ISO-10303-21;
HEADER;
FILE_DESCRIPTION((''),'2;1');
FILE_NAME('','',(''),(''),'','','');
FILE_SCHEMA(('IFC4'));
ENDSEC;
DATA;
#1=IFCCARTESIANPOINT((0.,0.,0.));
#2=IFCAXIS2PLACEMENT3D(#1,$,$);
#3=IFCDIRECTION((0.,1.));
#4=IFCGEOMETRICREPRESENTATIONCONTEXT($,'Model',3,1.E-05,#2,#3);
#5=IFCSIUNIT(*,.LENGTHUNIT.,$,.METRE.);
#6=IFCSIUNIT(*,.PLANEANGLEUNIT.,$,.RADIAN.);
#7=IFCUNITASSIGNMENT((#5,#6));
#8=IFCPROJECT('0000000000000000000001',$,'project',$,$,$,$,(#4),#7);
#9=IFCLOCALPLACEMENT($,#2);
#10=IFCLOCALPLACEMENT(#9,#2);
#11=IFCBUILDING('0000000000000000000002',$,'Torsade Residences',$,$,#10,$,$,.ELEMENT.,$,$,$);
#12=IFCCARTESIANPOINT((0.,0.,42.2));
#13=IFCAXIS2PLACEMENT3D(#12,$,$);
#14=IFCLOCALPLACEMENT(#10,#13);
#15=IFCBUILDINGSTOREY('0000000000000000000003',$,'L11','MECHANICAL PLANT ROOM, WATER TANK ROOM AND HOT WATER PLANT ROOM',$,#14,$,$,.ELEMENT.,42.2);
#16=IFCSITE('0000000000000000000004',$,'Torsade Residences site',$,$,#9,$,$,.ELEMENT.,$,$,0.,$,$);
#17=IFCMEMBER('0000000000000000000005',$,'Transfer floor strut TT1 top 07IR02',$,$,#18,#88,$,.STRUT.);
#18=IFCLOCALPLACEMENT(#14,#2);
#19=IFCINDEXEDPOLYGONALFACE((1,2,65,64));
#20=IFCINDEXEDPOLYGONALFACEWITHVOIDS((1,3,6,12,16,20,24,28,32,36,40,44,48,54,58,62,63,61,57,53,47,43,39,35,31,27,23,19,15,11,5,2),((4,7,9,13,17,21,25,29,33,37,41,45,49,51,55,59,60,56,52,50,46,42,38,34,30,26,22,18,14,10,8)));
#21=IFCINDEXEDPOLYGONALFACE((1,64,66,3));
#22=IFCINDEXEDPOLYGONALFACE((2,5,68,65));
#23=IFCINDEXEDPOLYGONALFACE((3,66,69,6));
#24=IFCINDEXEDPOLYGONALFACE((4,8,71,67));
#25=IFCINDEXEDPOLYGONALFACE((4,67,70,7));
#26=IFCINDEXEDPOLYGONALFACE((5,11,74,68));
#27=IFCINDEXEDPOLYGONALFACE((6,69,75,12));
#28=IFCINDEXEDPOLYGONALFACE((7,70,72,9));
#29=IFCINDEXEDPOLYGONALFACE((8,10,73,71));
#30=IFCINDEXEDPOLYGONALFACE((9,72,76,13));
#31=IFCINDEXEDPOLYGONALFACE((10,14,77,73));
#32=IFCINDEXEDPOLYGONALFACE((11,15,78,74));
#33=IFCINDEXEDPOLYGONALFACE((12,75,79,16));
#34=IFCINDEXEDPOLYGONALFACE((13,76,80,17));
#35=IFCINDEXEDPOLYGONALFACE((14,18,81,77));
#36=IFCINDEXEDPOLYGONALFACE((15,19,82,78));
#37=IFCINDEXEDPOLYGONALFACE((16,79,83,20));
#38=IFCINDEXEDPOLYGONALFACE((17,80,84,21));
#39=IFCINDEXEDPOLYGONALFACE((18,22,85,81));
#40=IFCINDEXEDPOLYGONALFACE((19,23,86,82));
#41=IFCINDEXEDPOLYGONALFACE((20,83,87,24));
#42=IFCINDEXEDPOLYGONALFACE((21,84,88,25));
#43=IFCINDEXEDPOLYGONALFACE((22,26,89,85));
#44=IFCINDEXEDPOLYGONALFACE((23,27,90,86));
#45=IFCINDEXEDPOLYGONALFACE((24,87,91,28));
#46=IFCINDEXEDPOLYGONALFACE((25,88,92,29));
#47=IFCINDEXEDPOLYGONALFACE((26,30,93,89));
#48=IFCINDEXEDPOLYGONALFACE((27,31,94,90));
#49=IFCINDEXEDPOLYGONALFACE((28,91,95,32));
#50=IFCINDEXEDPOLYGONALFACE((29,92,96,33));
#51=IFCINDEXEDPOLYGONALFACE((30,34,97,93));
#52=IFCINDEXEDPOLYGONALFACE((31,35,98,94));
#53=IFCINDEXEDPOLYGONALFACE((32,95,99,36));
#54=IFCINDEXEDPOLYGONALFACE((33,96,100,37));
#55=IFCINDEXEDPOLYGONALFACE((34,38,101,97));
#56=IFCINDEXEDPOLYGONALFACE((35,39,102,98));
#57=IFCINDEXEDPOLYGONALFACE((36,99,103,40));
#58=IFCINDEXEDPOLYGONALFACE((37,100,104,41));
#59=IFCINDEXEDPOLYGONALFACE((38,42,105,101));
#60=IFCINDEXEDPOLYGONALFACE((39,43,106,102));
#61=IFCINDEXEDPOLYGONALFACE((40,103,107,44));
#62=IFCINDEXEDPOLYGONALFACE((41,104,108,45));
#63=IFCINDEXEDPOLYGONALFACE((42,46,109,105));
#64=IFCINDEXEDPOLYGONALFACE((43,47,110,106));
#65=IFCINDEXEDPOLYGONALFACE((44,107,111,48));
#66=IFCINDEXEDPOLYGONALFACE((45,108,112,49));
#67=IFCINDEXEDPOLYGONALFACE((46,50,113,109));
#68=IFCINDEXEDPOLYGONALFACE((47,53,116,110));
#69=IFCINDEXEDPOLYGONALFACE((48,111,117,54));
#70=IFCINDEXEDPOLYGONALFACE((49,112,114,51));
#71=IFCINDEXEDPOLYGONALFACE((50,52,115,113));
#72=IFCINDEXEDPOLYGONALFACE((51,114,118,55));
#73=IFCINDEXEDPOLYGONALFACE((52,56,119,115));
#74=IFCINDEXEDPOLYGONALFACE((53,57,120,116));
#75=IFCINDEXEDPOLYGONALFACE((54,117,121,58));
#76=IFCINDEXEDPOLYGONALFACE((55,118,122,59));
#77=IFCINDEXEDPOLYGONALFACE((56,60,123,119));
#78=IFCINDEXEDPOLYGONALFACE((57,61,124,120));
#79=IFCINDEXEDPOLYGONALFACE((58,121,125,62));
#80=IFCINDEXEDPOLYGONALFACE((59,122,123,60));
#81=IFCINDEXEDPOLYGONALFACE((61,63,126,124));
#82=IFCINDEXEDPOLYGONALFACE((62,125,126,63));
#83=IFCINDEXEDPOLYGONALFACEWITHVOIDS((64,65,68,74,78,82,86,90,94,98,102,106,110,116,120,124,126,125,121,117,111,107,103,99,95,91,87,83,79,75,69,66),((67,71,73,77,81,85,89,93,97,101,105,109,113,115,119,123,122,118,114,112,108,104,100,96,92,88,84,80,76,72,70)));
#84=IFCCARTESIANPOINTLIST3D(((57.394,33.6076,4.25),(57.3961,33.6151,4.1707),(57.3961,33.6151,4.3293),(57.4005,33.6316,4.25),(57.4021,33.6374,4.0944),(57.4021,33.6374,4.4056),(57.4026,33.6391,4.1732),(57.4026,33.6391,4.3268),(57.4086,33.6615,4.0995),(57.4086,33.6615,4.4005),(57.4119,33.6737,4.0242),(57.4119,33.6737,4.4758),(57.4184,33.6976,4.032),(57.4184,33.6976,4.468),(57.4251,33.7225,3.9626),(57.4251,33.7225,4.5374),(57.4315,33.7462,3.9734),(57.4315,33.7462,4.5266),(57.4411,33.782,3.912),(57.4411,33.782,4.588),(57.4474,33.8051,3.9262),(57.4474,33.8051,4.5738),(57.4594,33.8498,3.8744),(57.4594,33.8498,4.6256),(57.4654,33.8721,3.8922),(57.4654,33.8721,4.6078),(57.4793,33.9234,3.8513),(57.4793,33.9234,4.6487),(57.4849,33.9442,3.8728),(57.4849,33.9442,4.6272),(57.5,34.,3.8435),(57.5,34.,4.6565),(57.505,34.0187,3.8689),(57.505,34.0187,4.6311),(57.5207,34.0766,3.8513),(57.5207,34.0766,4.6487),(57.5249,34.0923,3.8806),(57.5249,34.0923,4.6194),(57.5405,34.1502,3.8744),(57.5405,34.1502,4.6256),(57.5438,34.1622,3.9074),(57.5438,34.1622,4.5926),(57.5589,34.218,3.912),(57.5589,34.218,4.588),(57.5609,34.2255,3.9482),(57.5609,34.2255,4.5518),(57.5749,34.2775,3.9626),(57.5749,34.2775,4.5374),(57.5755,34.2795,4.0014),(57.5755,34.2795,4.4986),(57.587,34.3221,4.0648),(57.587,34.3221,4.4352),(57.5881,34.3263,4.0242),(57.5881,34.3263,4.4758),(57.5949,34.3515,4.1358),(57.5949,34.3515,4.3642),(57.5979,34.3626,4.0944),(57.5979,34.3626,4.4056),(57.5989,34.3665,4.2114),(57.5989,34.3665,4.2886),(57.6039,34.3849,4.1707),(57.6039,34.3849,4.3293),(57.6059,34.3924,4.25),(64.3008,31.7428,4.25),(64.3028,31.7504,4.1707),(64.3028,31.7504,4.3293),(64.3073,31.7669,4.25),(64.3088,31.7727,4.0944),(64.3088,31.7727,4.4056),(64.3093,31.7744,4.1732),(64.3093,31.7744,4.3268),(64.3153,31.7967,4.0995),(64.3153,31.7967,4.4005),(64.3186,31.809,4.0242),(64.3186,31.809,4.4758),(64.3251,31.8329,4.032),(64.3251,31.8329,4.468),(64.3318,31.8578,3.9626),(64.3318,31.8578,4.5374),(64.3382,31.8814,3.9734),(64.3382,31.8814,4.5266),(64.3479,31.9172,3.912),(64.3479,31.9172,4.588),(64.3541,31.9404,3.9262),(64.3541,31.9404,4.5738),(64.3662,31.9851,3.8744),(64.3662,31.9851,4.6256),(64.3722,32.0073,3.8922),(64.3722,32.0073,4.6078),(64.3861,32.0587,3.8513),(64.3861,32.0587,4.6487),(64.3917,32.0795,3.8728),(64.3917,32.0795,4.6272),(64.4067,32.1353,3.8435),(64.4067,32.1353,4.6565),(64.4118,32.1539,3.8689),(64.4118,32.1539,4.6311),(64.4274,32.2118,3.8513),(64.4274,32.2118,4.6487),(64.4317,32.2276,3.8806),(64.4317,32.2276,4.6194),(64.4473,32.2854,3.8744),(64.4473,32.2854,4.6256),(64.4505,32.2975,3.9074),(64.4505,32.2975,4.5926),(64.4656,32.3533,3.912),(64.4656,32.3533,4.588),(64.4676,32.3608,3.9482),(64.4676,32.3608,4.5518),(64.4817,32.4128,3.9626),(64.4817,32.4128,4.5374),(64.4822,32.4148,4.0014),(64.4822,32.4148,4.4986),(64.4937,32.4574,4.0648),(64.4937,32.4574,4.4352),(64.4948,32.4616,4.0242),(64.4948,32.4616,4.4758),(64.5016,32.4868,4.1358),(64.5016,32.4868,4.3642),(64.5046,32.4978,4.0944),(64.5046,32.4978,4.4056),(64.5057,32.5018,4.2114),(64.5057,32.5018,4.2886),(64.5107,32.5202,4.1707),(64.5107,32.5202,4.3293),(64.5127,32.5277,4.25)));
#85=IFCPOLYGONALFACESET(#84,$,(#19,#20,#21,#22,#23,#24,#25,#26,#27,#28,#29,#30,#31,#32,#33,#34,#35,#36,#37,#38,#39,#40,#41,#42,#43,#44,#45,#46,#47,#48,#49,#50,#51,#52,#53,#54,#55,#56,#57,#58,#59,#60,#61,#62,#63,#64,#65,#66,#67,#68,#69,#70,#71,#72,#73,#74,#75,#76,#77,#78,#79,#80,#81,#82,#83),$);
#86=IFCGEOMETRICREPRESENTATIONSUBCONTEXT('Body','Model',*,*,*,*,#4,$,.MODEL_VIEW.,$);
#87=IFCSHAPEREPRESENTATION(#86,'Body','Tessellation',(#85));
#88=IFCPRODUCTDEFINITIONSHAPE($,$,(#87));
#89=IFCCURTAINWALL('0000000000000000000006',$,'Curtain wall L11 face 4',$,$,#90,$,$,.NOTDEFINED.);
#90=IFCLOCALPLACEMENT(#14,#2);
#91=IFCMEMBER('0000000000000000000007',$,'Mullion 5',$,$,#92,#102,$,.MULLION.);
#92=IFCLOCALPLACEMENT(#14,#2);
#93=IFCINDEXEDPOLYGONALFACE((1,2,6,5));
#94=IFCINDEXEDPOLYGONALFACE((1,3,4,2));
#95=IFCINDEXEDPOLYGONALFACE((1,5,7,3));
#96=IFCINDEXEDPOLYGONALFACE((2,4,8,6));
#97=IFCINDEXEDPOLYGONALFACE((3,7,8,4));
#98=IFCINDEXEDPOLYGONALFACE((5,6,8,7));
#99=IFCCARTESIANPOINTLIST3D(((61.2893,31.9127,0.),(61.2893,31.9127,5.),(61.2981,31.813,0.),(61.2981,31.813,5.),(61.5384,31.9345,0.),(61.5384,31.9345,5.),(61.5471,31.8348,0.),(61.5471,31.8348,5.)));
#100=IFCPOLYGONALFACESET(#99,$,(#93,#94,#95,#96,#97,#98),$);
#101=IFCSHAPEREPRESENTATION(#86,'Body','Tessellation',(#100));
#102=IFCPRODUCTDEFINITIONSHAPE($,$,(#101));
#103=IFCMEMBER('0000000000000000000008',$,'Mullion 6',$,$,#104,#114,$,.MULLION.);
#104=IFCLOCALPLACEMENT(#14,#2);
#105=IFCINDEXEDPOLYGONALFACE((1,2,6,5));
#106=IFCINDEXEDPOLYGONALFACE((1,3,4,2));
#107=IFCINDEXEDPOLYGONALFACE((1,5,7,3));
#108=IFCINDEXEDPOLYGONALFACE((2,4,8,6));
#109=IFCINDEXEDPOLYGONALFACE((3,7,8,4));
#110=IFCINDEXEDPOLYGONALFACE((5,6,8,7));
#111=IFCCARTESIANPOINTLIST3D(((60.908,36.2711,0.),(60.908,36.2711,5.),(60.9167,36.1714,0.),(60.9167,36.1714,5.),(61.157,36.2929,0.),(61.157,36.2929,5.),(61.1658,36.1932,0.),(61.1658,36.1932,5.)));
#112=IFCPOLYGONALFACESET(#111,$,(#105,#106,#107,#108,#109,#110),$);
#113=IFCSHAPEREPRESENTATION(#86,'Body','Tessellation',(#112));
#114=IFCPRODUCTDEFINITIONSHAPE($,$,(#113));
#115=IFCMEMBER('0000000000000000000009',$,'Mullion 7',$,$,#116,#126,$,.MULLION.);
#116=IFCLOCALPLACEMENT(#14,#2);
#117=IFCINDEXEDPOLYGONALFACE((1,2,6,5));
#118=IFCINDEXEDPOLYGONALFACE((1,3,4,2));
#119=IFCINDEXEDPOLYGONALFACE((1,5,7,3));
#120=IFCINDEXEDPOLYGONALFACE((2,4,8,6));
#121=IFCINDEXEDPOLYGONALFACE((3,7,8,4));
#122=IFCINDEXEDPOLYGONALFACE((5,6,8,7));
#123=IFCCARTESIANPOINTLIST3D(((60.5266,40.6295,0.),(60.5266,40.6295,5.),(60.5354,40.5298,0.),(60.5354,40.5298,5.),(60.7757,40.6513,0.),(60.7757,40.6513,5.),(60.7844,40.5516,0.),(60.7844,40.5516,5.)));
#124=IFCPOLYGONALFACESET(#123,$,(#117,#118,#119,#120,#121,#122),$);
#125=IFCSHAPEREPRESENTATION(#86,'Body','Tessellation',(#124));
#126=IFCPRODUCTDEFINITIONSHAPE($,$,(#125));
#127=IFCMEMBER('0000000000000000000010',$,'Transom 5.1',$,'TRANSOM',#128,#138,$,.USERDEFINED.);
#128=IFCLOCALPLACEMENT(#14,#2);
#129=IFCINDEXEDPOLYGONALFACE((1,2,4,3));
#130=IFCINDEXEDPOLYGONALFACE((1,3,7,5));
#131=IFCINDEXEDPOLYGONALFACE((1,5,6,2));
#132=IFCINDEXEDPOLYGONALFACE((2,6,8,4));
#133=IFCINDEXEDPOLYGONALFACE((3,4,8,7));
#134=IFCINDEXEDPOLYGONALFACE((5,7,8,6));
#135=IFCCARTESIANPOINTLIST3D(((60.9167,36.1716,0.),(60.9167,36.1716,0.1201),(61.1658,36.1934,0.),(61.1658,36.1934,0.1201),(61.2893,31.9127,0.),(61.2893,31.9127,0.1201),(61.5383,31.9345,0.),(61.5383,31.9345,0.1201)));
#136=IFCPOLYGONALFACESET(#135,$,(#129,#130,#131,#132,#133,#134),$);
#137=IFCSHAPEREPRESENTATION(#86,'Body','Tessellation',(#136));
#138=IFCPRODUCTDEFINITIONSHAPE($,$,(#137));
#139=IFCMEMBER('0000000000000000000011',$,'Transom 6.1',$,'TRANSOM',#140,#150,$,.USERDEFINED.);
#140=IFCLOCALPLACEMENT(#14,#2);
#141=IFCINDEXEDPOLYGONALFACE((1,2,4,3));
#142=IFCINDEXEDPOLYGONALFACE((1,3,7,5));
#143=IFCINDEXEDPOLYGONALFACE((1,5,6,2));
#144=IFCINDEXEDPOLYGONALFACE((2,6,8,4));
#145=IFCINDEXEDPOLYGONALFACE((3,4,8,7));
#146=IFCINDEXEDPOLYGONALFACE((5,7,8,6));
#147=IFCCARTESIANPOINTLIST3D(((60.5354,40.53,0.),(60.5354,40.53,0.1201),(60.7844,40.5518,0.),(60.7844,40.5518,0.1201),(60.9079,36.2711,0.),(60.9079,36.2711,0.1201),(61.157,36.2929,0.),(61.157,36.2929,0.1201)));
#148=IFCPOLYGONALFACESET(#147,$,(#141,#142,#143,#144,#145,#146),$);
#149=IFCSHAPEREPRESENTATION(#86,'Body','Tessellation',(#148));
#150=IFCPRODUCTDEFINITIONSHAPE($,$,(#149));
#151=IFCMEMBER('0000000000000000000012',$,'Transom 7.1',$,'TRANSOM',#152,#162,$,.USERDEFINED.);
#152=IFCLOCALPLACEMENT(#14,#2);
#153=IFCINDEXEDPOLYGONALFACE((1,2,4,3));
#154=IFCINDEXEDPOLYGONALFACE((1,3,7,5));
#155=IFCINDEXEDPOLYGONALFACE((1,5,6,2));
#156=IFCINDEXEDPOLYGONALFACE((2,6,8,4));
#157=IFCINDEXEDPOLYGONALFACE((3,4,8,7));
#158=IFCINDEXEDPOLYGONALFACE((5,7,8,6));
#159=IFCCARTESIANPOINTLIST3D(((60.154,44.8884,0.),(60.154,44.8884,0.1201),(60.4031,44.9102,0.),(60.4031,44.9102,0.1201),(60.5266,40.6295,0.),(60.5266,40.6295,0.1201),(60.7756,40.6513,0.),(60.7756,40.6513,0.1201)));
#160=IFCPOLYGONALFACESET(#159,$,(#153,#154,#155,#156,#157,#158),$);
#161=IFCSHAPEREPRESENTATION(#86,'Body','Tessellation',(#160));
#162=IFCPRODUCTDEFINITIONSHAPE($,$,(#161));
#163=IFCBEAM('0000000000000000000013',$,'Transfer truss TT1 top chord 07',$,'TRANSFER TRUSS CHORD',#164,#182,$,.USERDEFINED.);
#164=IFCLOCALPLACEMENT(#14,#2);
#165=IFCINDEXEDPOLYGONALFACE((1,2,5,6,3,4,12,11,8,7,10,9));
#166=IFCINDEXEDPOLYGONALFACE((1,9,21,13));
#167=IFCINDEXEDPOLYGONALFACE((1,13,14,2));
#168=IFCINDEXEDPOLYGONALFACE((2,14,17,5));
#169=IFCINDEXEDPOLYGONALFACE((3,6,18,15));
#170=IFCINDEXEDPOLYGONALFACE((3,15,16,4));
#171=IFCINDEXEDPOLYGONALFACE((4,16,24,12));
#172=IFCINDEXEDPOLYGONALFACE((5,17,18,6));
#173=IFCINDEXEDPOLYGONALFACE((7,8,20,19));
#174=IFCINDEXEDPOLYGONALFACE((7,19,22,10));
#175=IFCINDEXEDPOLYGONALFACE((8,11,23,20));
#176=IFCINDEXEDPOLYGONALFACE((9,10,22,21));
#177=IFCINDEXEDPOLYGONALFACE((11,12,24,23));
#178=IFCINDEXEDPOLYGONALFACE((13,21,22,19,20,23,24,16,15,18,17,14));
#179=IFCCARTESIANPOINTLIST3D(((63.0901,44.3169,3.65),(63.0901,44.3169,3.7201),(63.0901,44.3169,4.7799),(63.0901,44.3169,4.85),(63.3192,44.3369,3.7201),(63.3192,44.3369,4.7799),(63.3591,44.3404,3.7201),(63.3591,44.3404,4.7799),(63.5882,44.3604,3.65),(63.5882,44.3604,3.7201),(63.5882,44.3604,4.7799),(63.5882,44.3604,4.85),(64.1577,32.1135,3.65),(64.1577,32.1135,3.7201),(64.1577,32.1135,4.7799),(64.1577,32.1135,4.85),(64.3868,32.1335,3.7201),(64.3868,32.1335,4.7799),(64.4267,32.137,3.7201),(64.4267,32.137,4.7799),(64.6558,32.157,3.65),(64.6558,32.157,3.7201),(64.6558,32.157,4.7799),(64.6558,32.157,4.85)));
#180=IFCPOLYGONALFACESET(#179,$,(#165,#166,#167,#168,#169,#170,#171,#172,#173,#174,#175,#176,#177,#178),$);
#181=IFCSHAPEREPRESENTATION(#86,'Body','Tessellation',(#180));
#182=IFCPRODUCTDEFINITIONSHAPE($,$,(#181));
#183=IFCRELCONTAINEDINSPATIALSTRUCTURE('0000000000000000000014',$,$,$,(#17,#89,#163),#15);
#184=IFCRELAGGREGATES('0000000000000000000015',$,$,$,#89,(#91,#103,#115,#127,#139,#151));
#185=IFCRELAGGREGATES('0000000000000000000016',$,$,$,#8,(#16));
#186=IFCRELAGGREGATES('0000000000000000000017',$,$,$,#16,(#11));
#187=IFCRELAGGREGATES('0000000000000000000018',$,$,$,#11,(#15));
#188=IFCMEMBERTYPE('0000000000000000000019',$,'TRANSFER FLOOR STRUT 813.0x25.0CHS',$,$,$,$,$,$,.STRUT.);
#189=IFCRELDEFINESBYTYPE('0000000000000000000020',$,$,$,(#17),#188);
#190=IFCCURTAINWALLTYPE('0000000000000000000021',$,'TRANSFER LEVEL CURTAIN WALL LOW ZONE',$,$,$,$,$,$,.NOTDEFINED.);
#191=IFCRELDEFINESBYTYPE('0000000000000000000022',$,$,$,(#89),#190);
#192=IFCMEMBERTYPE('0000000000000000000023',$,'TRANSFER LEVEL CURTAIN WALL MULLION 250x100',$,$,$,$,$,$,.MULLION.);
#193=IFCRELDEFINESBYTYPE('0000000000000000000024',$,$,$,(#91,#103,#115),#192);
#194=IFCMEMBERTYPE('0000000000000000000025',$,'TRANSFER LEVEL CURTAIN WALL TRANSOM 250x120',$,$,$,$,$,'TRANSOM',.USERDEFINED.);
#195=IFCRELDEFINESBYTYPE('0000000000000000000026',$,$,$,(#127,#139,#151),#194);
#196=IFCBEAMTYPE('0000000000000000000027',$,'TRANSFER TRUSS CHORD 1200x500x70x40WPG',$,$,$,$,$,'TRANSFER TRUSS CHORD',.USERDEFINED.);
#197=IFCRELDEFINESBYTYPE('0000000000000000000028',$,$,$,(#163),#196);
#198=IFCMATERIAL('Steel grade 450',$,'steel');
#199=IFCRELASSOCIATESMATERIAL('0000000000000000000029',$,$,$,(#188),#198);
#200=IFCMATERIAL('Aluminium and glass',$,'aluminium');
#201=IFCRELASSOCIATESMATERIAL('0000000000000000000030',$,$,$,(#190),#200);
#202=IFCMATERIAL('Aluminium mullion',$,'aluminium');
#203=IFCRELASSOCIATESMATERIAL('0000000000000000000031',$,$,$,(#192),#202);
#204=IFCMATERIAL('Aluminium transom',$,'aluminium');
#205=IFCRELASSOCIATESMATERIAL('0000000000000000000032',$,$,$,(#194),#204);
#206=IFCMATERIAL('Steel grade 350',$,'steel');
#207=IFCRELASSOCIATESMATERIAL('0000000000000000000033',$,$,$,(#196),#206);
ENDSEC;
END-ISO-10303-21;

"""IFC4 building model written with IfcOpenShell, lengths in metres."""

from ifc_helpers import new_model, si_unit, direction, frame, origin, origin_2d, place, context, subcontext, project, spatial, rectangle, hollow_circle, i_section, extrude, material, material_profile, profile_set, type_object, element, aggregate, save


model = new_model("IFC4")

# Units and contexts
model_context = context("Model", 3, precision=1e-05, world=origin(), true_north=direction((0.0, 1.0)))
body_context = subcontext(model_context, "Body", "Model", "MODEL_VIEW")
ifc_project = project(units=[si_unit("LENGTHUNIT", "METRE"), si_unit("PLANEANGLEUNIT", "RADIAN")], contexts=[model_context])

# Site, building, storey
site_placement = place(None, origin())
site = spatial("IfcSite", under=ifc_project, at=site_placement, Name="Torsade Residences site", CompositionType="ELEMENT", RefElevation=0.0)
building_placement = place(site_placement, origin())
building = spatial("IfcBuilding", under=site, at=building_placement, Name="Torsade Residences", CompositionType="ELEMENT")
storey_placement = place(building_placement, frame((0.0, 0.0, 42.2)))
storey = spatial("IfcBuildingStorey", under=building, at=storey_placement, Name="L11", Description="MECHANICAL PLANT ROOM, WATER TANK ROOM AND HOT WATER PLANT ROOM", CompositionType="ELEMENT", Elevation=42.2)

# Member
ifc_material_1 = material(Name="Steel grade 450", Category="steel")
ifc_material_profile_1 = material_profile(ifc_material_1, hollow_circle(Radius=0.4065, WallThickness=0.0249, at=origin_2d()), Name="813.0x25.0CHS")
ifc_profile_set_1 = profile_set([ifc_material_profile_1], Name="Steel grade 450")
member_type_1 = type_object("IfcMemberType", Name="TRANSFER FLOOR STRUT 813.0x25.0CHS", PredefinedType="STRUT", material=ifc_profile_set_1)
member_1_placement = place(storey_placement, frame((64.4067, 32.1353, 4.25), z_axis=(-0.965432, 0.260656, 0.0), x_axis=(-0.260656, -0.965432, 0.0)))
element("IfcMember", 1, at=member_1_placement, inside=storey, type_object=member_type_1, Name="Transfer floor strut TT1 top 07IR02", PredefinedType="STRUT", context=body_context, shape_type="SweptSolid", body=[
    extrude(hollow_circle(Radius=0.4065, WallThickness=0.0249, at=origin_2d()), origin(), (0.0, 0.0, 1.0), 7.1541),
])

# Curtain wall, members
ifc_material_2 = material(Name="Aluminium and glass", Category="aluminium")
curtain_wall_type = type_object("IfcCurtainWallType", Name="TRANSFER LEVEL CURTAIN WALL LOW ZONE", PredefinedType="NOTDEFINED", material=ifc_material_2)
curtain_wall_placement = place(storey_placement, origin())
curtain_wall = element("IfcCurtainWall", 2, at=curtain_wall_placement, inside=storey, type_object=curtain_wall_type, Name="Curtain wall L11 face 4", PredefinedType="NOTDEFINED")
ifc_material_3 = material(Name="Aluminium mullion", Category="aluminium")
ifc_material_profile_2 = material_profile(ifc_material_3, rectangle(XDim=0.25, YDim=0.1001, at=origin_2d()), Name="TRANSFER LEVEL CURTAIN WALL MULLION 250x100")
ifc_profile_set_2 = profile_set([ifc_material_profile_2], Name="Aluminium mullion")
member_type_2 = type_object("IfcMemberType", Name="TRANSFER LEVEL CURTAIN WALL MULLION 250x100", PredefinedType="MULLION", material=ifc_profile_set_2)
member_2_placement = place(storey_placement, frame((61.4182, 31.8738, 0.0), z_axis=(0.0, 0.0, 1.0), x_axis=(-0.996195, -0.087156, 0.0)))
member_2 = element("IfcMember", 3, at=member_2_placement, type_object=member_type_2, Name="Mullion 5", PredefinedType="MULLION", context=body_context, shape_type="SweptSolid", body=[
    extrude(rectangle(XDim=0.25, YDim=0.1001, at=origin_2d()), origin(), (0.0, 0.0, 1.0), 5.0),
])
member_3_placement = place(storey_placement, frame((61.0369, 36.2322, 0.0), z_axis=(0.0, 0.0, 1.0), x_axis=(-0.996195, -0.087156, 0.0)))
member_3 = element("IfcMember", 4, at=member_3_placement, type_object=member_type_2, Name="Mullion 6", PredefinedType="MULLION", context=body_context, shape_type="SweptSolid", body=[
    extrude(rectangle(XDim=0.25, YDim=0.1001, at=origin_2d()), origin(), (0.0, 0.0, 1.0), 5.0),
])
member_4_placement = place(storey_placement, frame((60.6555, 40.5906, 0.0), z_axis=(0.0, 0.0, 1.0), x_axis=(-0.996195, -0.087156, 0.0)))
member_4 = element("IfcMember", 5, at=member_4_placement, type_object=member_type_2, Name="Mullion 7", PredefinedType="MULLION", context=body_context, shape_type="SweptSolid", body=[
    extrude(rectangle(XDim=0.25, YDim=0.1001, at=origin_2d()), origin(), (0.0, 0.0, 1.0), 5.0),
])
ifc_material_4 = material(Name="Aluminium transom", Category="aluminium")
ifc_material_profile_3 = material_profile(ifc_material_4, rectangle(XDim=0.25, YDim=0.1201, at=origin_2d()), Name="TRANSFER LEVEL CURTAIN WALL TRANSOM 250x120")
ifc_profile_set_3 = profile_set([ifc_material_profile_3], Name="Aluminium transom")
member_type_3 = type_object("IfcMemberType", Name="TRANSFER LEVEL CURTAIN WALL TRANSOM 250x120", ElementType="TRANSOM", PredefinedType="USERDEFINED", material=ifc_profile_set_3)
member_5_placement = place(storey_placement, frame((61.4138, 31.9236, 0.0601), z_axis=(-0.087147, 0.996195, 0.0), x_axis=(-0.996195, -0.087147, 0.0)))
member_5 = element("IfcMember", 6, at=member_5_placement, type_object=member_type_3, Name="Transom 5.1", ObjectType="TRANSOM", PredefinedType="USERDEFINED", context=body_context, shape_type="SweptSolid", body=[
    extrude(rectangle(XDim=0.25, YDim=0.1201, at=origin_2d()), origin(), (0.0, 0.0, 1.0), 4.2751),
])
member_6_placement = place(storey_placement, frame((61.0325, 36.282, 0.0601), z_axis=(-0.087147, 0.996195, 0.0), x_axis=(-0.996195, -0.087147, 0.0)))
member_6 = element("IfcMember", 7, at=member_6_placement, type_object=member_type_3, Name="Transom 6.1", ObjectType="TRANSOM", PredefinedType="USERDEFINED", context=body_context, shape_type="SweptSolid", body=[
    extrude(rectangle(XDim=0.25, YDim=0.1201, at=origin_2d()), origin(), (0.0, 0.0, 1.0), 4.2751),
])
member_7_placement = place(storey_placement, frame((60.6511, 40.6404, 0.0601), z_axis=(-0.087147, 0.996195, 0.0), x_axis=(-0.996195, -0.087147, 0.0)))
member_7 = element("IfcMember", 8, at=member_7_placement, type_object=member_type_3, Name="Transom 7.1", ObjectType="TRANSOM", PredefinedType="USERDEFINED", context=body_context, shape_type="SweptSolid", body=[
    extrude(rectangle(XDim=0.25, YDim=0.1201, at=origin_2d()), origin(), (0.0, 0.0, 1.0), 4.2751),
])

# Beam
ifc_material_5 = material(Name="Steel grade 350", Category="steel")
ifc_material_profile_4 = material_profile(ifc_material_5, i_section(OverallWidth=0.5, OverallDepth=1.2, WebThickness=0.04, FlangeThickness=0.0701, at=origin_2d()), Name="1200x500x70x40WPG")
ifc_profile_set_4 = profile_set([ifc_material_profile_4], Name="Steel grade 350")
beam_type_1 = type_object("IfcBeamType", Name="TRANSFER TRUSS CHORD 1200x500x70x40WPG", ElementType="TRANSFER TRUSS CHORD", PredefinedType="USERDEFINED", material=ifc_profile_set_4)
beam_1_placement = place(storey_placement, frame((64.4067, 32.1353, 4.25), z_axis=(-0.087153, 0.996195, 0.0), x_axis=(-0.996195, -0.087153, 0.0)))
element("IfcBeam", 9, at=beam_1_placement, inside=storey, type_object=beam_type_1, Name="Transfer truss TT1 top chord 07", ObjectType="TRANSFER TRUSS CHORD", PredefinedType="USERDEFINED", context=body_context, shape_type="SweptSolid", body=[
    extrude(i_section(OverallWidth=0.5, OverallDepth=1.2, WebThickness=0.04, FlangeThickness=0.0701, at=origin_2d()), origin(), (0.0, 0.0, 1.0), 12.25),
])

aggregate(curtain_wall, [member_2, member_3, member_4, member_5, member_6, member_7])

save(model, "model.ifc")
